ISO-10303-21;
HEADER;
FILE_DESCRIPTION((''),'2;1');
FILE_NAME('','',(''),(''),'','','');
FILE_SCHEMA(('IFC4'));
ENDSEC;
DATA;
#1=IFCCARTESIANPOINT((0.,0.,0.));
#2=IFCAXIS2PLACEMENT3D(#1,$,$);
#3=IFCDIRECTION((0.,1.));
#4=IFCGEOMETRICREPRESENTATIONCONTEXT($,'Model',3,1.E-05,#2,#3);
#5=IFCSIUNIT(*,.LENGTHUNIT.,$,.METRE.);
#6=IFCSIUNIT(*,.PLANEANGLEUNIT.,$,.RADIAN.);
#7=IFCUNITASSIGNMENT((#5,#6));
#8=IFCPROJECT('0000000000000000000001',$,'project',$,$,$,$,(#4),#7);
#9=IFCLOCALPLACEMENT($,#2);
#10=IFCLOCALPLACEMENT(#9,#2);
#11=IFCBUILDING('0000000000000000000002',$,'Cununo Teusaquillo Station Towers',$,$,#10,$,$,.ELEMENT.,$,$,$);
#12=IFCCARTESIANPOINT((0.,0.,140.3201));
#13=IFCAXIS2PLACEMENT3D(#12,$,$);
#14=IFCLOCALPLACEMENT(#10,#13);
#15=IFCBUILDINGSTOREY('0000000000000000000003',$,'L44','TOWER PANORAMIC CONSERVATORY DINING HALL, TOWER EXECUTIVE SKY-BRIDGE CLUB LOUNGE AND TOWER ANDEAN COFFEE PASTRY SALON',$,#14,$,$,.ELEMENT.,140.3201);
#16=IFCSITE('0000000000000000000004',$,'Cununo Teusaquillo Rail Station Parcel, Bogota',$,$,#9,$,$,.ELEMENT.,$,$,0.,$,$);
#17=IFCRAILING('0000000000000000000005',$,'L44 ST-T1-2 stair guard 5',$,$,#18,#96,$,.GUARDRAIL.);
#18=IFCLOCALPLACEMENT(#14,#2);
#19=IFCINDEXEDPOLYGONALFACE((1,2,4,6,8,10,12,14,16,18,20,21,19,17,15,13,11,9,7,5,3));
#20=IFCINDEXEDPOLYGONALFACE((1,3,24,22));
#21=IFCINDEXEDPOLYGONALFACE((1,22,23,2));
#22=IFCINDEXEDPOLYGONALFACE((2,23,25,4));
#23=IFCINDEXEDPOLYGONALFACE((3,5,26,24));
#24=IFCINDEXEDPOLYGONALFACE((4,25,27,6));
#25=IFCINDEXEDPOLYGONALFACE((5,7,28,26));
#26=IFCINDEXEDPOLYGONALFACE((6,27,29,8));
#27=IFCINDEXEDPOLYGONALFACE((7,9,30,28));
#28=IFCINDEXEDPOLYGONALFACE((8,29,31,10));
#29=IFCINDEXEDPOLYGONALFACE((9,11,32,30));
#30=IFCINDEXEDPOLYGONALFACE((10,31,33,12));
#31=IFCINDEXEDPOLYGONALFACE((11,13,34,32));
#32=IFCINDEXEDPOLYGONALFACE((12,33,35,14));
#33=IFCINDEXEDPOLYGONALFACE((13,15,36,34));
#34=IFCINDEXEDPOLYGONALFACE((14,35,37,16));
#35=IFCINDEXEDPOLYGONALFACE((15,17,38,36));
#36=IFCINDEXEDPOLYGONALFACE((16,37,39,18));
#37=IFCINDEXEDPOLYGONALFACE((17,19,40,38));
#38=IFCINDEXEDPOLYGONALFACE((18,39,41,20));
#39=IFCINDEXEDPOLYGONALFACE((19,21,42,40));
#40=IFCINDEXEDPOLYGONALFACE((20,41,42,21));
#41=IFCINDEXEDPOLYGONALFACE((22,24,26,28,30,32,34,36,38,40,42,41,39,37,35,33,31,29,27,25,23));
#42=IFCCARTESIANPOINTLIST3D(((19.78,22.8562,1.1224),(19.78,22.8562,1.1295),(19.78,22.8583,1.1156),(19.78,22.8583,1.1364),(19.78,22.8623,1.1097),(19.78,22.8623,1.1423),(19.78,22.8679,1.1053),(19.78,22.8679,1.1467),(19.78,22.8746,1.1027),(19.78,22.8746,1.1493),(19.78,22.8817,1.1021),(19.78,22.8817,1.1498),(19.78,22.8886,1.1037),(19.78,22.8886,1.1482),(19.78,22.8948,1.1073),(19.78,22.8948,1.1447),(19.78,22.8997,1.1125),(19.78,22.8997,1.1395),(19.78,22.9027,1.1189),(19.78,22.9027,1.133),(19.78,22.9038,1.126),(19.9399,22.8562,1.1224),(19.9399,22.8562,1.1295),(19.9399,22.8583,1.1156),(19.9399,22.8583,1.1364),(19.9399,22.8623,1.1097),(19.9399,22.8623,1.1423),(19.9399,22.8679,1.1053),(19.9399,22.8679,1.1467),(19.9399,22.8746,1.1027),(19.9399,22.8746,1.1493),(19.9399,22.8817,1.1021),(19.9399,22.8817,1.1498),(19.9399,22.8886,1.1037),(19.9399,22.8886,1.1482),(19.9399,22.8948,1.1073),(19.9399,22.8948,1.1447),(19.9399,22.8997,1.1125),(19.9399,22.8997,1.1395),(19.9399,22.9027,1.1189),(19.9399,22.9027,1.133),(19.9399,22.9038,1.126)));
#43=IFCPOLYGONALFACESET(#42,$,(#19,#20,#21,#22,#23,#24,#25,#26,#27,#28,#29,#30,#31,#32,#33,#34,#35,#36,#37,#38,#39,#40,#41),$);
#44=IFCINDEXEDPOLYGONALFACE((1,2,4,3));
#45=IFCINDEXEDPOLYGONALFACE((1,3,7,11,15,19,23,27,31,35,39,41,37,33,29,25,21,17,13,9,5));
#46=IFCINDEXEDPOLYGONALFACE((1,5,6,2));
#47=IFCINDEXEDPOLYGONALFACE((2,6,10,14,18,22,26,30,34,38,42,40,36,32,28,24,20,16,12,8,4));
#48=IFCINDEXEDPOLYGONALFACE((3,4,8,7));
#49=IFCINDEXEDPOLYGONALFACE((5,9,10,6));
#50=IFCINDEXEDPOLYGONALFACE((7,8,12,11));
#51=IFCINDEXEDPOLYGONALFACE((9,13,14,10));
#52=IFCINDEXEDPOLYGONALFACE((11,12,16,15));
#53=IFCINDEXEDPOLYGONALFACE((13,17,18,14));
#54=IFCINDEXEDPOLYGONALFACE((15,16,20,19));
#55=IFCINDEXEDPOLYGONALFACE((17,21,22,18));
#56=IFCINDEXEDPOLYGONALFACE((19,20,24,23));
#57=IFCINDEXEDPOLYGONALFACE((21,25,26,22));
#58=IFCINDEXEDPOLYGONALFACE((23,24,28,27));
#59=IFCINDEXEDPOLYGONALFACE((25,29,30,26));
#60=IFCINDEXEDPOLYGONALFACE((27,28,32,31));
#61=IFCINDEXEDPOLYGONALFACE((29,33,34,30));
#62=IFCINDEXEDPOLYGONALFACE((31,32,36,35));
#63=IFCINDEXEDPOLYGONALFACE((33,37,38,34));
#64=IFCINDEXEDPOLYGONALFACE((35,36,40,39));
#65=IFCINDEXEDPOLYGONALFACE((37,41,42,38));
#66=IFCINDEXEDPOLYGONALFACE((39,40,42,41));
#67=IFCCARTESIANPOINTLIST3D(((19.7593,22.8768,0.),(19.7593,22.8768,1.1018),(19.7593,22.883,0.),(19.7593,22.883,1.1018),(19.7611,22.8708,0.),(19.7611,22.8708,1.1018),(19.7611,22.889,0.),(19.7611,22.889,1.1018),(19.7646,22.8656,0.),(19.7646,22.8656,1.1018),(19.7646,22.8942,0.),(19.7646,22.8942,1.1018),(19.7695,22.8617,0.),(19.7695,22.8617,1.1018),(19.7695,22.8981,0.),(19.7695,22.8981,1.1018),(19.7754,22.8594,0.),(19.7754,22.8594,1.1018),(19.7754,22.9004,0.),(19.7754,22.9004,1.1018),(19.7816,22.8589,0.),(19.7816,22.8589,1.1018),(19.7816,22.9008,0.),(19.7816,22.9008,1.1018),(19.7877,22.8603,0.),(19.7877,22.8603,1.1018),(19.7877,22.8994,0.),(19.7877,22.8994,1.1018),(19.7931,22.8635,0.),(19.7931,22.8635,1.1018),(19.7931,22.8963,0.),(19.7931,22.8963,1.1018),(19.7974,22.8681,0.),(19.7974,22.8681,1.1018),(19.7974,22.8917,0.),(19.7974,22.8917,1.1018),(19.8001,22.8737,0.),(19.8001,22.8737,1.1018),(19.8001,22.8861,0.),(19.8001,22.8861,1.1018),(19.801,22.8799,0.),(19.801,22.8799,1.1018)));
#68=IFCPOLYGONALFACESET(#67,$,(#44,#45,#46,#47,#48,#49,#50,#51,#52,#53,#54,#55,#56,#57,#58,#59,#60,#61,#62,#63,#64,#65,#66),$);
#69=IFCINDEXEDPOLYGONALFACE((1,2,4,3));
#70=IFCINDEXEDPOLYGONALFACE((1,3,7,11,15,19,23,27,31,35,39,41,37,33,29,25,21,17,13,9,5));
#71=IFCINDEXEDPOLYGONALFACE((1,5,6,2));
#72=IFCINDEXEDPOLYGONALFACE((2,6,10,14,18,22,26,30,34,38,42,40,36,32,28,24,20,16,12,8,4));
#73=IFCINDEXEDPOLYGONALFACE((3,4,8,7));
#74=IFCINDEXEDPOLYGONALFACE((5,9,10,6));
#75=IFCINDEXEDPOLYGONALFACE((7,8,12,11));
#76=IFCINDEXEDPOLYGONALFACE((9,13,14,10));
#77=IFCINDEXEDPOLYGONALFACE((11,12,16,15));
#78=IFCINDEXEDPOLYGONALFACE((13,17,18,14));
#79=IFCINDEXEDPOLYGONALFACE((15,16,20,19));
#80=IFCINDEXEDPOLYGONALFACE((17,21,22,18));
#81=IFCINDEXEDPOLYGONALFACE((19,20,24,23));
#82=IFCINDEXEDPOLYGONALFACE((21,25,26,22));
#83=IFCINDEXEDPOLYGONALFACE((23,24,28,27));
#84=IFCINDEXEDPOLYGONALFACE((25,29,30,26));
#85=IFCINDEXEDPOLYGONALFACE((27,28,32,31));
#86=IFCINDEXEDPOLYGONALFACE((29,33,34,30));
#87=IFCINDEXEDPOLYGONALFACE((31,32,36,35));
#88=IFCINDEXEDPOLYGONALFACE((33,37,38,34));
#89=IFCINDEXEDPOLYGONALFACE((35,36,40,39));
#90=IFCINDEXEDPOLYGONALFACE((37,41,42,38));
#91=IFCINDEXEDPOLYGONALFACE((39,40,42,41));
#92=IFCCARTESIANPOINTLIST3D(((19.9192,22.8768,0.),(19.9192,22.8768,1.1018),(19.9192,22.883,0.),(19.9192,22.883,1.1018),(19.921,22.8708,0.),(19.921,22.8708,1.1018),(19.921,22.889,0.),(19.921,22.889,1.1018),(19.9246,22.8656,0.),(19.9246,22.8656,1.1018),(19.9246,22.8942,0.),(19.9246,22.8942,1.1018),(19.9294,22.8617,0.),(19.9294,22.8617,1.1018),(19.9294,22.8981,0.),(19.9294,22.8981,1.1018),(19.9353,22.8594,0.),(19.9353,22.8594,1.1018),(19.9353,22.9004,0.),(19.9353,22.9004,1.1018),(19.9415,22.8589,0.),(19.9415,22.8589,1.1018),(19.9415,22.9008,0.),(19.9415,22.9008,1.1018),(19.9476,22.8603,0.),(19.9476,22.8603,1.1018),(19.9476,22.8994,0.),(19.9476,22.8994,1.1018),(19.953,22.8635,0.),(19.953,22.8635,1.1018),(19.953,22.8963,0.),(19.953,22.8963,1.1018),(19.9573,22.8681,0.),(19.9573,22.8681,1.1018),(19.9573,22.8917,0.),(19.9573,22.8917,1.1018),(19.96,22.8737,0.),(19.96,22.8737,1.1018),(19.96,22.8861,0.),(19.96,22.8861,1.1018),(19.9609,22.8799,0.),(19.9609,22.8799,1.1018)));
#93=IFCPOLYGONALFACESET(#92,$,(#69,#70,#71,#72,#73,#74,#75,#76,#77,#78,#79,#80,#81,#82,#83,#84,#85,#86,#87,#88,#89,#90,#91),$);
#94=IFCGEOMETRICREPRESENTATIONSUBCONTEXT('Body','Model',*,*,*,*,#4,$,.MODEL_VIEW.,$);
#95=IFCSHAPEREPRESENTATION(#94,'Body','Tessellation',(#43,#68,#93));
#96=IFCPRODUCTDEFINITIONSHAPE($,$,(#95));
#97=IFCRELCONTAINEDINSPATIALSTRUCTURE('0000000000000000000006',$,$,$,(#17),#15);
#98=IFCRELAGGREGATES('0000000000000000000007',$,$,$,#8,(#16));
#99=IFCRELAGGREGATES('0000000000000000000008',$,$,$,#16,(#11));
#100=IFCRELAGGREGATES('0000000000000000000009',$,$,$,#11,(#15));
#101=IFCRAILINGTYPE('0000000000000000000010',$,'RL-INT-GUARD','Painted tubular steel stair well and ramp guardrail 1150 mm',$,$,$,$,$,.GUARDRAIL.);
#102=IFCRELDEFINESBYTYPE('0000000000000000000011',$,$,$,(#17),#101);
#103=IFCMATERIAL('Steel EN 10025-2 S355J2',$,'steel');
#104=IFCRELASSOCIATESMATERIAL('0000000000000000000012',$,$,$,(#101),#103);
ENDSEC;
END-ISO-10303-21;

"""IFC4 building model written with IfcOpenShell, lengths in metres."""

from ifc_helpers import new_model, si_unit, direction, frame, origin, origin_2d, place, context, subcontext, project, spatial, circle, extrude, material, type_object, element, save


model = new_model("IFC4")

# Units and contexts
model_context = context("Model", 3, precision=1e-05, world=origin(), true_north=direction((0.0, 1.0)))
body_context = subcontext(model_context, "Body", "Model", "MODEL_VIEW")
ifc_project = project(units=[si_unit("LENGTHUNIT", "METRE"), si_unit("PLANEANGLEUNIT", "RADIAN")], contexts=[model_context])

# Site, building, storey
site_placement = place(None, origin())
site = spatial("IfcSite", under=ifc_project, at=site_placement, Name="Cununo Teusaquillo Rail Station Parcel, Bogota", CompositionType="ELEMENT", RefElevation=0.0)
building_placement = place(site_placement, origin())
building = spatial("IfcBuilding", under=site, at=building_placement, Name="Cununo Teusaquillo Station Towers", CompositionType="ELEMENT")
storey_placement = place(building_placement, frame((0.0, 0.0, 140.3201)))
storey = spatial("IfcBuildingStorey", under=building, at=storey_placement, Name="L44", Description="TOWER PANORAMIC CONSERVATORY DINING HALL, TOWER EXECUTIVE SKY-BRIDGE CLUB LOUNGE AND TOWER ANDEAN COFFEE PASTRY SALON", CompositionType="ELEMENT", Elevation=140.3201)

# Railing
ifc_material_1 = material(Name="Steel EN 10025-2 S355J2", Category="steel")
railing_type_1 = type_object("IfcRailingType", Name="RL-INT-GUARD", Description="Painted tubular steel stair well and ramp guardrail 1150 mm", PredefinedType="GUARDRAIL", material=ifc_material_1)
railing_1_placement = place(storey_placement, frame((19.78, 22.8799, 0.0)))
element("IfcRailing", 1, at=railing_1_placement, inside=storey, type_object=railing_type_1, Name="L44 ST-T1-2 stair guard 5", PredefinedType="GUARDRAIL", context=body_context, shape_type="SweptSolid", body=[
    extrude(circle(Radius=0.0239, at=origin_2d()), frame((0.0, 0.0, 1.126), z_axis=(1.0, 0.0, 0.0), x_axis=(0.0, 1.0, 0.0)), (0.0, 0.0, 1.0), 0.1599),
    extrude(circle(Radius=0.021, at=origin_2d()), origin(), (0.0, 0.0, 1.0), 1.1018),
    extrude(circle(Radius=0.021, at=origin_2d()), frame((0.1599, 0.0, 0.0)), (0.0, 0.0, 1.0), 1.1018),
])

save(model, "model.ifc")
